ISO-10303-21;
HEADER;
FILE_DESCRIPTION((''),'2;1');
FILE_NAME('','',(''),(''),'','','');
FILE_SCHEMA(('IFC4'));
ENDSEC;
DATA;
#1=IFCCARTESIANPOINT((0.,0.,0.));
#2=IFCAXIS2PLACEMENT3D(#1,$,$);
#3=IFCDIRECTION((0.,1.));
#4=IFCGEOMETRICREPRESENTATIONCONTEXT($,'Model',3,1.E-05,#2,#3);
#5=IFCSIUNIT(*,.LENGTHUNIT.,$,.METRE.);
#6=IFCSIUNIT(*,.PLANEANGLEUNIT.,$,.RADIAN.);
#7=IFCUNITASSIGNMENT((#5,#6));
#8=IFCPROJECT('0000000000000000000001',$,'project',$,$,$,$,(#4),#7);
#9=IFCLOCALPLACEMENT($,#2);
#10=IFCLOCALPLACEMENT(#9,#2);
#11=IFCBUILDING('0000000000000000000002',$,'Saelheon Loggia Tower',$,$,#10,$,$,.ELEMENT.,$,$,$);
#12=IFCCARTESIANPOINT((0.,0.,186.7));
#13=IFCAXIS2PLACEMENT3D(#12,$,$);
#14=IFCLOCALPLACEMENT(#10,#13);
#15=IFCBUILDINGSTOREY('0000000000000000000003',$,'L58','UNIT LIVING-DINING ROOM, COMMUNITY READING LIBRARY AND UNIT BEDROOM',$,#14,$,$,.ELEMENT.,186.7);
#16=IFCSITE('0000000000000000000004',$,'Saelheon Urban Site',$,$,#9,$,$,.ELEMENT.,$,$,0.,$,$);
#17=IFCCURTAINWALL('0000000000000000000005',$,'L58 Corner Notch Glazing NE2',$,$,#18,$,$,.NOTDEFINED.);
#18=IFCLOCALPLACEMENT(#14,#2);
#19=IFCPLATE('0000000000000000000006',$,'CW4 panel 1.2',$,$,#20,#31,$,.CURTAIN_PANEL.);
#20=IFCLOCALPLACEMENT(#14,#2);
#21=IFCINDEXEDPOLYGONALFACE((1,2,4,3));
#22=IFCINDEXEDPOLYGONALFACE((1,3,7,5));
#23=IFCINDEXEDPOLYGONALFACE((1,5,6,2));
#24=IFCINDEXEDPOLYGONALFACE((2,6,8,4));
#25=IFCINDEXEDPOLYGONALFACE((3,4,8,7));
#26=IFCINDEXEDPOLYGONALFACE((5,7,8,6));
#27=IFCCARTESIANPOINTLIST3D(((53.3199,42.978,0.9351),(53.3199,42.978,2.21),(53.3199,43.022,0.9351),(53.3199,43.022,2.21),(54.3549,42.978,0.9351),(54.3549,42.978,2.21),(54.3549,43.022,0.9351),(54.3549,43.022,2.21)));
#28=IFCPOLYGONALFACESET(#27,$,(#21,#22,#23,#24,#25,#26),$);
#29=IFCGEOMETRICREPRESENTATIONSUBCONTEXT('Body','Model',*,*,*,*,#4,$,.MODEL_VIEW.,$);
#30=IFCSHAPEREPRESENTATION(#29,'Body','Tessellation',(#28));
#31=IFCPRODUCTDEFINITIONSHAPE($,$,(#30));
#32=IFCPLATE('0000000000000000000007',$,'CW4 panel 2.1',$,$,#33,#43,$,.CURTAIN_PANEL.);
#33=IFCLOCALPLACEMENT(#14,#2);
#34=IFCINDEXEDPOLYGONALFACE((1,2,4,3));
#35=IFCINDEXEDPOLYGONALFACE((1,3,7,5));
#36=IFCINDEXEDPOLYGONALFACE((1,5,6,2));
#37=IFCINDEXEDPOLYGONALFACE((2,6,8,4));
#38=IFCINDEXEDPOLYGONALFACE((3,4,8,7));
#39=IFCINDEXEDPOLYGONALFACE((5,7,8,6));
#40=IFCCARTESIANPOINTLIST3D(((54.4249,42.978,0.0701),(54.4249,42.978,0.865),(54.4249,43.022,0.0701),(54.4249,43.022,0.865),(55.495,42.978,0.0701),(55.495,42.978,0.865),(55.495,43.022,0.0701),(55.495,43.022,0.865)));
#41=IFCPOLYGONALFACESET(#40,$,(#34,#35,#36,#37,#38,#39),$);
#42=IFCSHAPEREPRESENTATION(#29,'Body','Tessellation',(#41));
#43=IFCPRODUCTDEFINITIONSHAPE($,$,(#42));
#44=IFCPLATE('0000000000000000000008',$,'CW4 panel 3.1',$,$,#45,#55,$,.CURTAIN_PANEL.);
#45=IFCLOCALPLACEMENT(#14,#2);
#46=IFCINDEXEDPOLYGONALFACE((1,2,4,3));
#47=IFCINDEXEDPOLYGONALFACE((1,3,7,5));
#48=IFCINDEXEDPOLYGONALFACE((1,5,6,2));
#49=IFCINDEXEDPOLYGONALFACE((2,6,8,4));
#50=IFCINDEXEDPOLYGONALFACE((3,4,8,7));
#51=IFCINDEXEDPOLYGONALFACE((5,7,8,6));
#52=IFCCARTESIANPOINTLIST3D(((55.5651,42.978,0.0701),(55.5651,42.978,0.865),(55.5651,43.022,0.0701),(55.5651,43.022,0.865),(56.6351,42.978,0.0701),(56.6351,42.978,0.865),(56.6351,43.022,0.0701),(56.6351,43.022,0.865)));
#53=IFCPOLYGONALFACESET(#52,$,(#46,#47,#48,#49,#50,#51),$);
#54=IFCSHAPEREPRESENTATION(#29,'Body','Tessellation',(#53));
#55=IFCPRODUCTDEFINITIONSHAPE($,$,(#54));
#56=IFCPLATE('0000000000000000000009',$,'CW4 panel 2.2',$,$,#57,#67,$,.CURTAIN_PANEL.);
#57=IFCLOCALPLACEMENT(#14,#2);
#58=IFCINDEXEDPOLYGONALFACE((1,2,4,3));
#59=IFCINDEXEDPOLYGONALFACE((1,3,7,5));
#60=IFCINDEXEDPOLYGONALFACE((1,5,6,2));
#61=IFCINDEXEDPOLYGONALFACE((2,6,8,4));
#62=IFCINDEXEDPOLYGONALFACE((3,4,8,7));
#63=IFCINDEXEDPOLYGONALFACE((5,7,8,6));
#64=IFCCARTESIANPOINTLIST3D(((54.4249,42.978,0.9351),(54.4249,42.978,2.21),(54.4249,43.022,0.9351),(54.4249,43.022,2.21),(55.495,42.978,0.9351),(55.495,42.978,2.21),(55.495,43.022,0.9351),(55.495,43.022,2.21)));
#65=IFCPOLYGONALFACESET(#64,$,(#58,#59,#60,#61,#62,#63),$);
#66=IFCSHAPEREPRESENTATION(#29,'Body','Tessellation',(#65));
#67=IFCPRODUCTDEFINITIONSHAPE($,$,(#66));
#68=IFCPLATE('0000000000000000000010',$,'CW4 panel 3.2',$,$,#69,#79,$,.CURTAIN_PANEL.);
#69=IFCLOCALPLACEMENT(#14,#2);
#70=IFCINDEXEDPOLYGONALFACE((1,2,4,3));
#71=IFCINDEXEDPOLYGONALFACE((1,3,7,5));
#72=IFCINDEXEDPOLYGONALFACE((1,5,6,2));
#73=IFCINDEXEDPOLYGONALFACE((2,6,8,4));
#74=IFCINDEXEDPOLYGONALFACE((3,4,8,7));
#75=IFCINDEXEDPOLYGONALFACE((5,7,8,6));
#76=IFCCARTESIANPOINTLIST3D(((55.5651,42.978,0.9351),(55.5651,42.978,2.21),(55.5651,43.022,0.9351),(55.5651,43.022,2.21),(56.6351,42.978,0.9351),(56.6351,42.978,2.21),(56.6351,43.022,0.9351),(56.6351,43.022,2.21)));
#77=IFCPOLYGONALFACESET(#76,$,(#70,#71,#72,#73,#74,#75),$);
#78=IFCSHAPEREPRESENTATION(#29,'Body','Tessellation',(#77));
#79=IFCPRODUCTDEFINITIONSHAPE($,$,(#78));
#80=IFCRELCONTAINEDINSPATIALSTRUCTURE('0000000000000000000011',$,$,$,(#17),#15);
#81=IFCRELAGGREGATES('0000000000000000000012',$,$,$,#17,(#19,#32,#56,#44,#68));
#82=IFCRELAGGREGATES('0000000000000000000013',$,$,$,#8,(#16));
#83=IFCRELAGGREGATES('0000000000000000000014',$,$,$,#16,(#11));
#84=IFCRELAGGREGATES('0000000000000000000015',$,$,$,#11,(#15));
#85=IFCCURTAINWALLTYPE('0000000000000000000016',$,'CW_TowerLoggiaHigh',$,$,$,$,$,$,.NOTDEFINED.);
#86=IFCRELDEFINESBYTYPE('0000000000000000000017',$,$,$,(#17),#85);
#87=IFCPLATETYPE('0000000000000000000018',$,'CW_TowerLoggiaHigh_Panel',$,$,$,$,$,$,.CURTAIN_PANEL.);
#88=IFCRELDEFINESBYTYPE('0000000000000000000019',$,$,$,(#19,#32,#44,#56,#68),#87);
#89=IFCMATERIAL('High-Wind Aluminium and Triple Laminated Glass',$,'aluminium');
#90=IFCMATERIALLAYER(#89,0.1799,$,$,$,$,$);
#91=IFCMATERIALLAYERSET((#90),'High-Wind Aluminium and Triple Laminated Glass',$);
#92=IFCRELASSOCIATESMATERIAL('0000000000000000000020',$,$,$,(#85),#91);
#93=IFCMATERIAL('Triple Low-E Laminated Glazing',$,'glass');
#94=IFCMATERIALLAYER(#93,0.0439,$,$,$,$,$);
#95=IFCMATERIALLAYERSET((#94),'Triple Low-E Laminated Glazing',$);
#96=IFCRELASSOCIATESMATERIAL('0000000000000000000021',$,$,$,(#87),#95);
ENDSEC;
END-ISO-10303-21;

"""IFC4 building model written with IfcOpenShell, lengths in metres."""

from ifc_helpers import new_model, si_unit, direction, frame, origin, origin_2d, place, context, subcontext, project, spatial, rectangle, extrude, source, transform, mapped, material, layer, layer_set, type_object, element, aggregate, save


model = new_model("IFC4")

# Units and contexts
model_context = context("Model", 3, precision=1e-05, world=origin(), true_north=direction((0.0, 1.0)))
body_context = subcontext(model_context, "Body", "Model", "MODEL_VIEW")
ifc_project = project(units=[si_unit("LENGTHUNIT", "METRE"), si_unit("PLANEANGLEUNIT", "RADIAN")], contexts=[model_context])

# Site, building, storey
site_placement = place(None, origin())
site = spatial("IfcSite", under=ifc_project, at=site_placement, Name="Saelheon Urban Site", CompositionType="ELEMENT", RefElevation=0.0)
building_placement = place(site_placement, origin())
building = spatial("IfcBuilding", under=site, at=building_placement, Name="Saelheon Loggia Tower", CompositionType="ELEMENT")
storey_placement = place(building_placement, frame((0.0, 0.0, 186.7)))
storey = spatial("IfcBuildingStorey", under=building, at=storey_placement, Name="L58", Description="UNIT LIVING-DINING ROOM, COMMUNITY READING LIBRARY AND UNIT BEDROOM", CompositionType="ELEMENT", Elevation=186.7)

# Curtain wall, plates
ifc_material_1 = material(Name="High-Wind Aluminium and Triple Laminated Glass", Category="aluminium")
ifc_layer_1 = layer(ifc_material_1, 0.1799)
ifc_layer_set_1 = layer_set([ifc_layer_1], Name="High-Wind Aluminium and Triple Laminated Glass")
curtain_wall_type = type_object("IfcCurtainWallType", Name="CW_TowerLoggiaHigh", PredefinedType="NOTDEFINED", material=ifc_layer_set_1)
curtain_wall_placement = place(storey_placement, origin())
curtain_wall = element("IfcCurtainWall", 1, at=curtain_wall_placement, inside=storey, type_object=curtain_wall_type, Name="L58 Corner Notch Glazing NE2", PredefinedType="NOTDEFINED")
ifc_material_2 = material(Name="Triple Low-E Laminated Glazing", Category="glass")
ifc_layer_2 = layer(ifc_material_2, 0.0439)
ifc_layer_set_2 = layer_set([ifc_layer_2], Name="Triple Low-E Laminated Glazing")
plate_type = type_object("IfcPlateType", Name="CW_TowerLoggiaHigh_Panel", PredefinedType="CURTAIN_PANEL", material=ifc_layer_set_2)
shared_shape_1 = source(origin(), body_context, "Body", "SweptSolid", [
    extrude(rectangle(XDim=1.0349, YDim=0.0439, at=origin_2d()), origin(), (0.0, 0.0, 1.0), 1.2749),
])
plate_1_placement = place(storey_placement, frame((53.8374, 43.0, 0.9351), z_axis=(0.0, 0.0, 1.0), x_axis=(1.0, 0.0, 0.0)))
plate_1 = element("IfcPlate", 2, at=plate_1_placement, type_object=plate_type, Name="CW4 panel 1.2", PredefinedType="CURTAIN_PANEL", context=body_context, shape_type="MappedRepresentation", body=[
    mapped(shared_shape_1, transform((0.0, 0.0, 0.0), scale=1.0)),
])
shared_shape_2 = source(origin(), body_context, "Body", "SweptSolid", [
    extrude(rectangle(XDim=1.0701, YDim=0.0439, at=origin_2d()), origin(), (0.0, 0.0, 1.0), 0.7949),
])
plate_2_placement = place(storey_placement, frame((54.96, 43.0, 0.0701), z_axis=(0.0, 0.0, 1.0), x_axis=(1.0, 0.0, 0.0)))
plate_2 = element("IfcPlate", 3, at=plate_2_placement, type_object=plate_type, Name="CW4 panel 2.1", PredefinedType="CURTAIN_PANEL", context=body_context, shape_type="MappedRepresentation", body=[
    mapped(shared_shape_2, transform((0.0, 0.0, 0.0), scale=1.0)),
])
plate_3_placement = place(storey_placement, frame((56.1001, 43.0, 0.0701), z_axis=(0.0, 0.0, 1.0), x_axis=(1.0, 0.0, 0.0)))
plate_3 = element("IfcPlate", 4, at=plate_3_placement, type_object=plate_type, Name="CW4 panel 3.1", PredefinedType="CURTAIN_PANEL", context=body_context, shape_type="MappedRepresentation", body=[
    mapped(shared_shape_2, transform((0.0, 0.0, 0.0), scale=1.0)),
])
shared_shape_3 = source(origin(), body_context, "Body", "SweptSolid", [
    extrude(rectangle(XDim=1.0701, YDim=0.0439, at=origin_2d()), origin(), (0.0, 0.0, 1.0), 1.2749),
])
plate_4_placement = place(storey_placement, frame((54.96, 43.0, 0.9351), z_axis=(0.0, 0.0, 1.0), x_axis=(1.0, 0.0, 0.0)))
plate_4 = element("IfcPlate", 5, at=plate_4_placement, type_object=plate_type, Name="CW4 panel 2.2", PredefinedType="CURTAIN_PANEL", context=body_context, shape_type="MappedRepresentation", body=[
    mapped(shared_shape_3, transform((0.0, 0.0, 0.0), scale=1.0)),
])
plate_5_placement = place(storey_placement, frame((56.1001, 43.0, 0.9351), z_axis=(0.0, 0.0, 1.0), x_axis=(1.0, 0.0, 0.0)))
plate_5 = element("IfcPlate", 6, at=plate_5_placement, type_object=plate_type, Name="CW4 panel 3.2", PredefinedType="CURTAIN_PANEL", context=body_context, shape_type="MappedRepresentation", body=[
    mapped(shared_shape_3, transform((0.0, 0.0, 0.0), scale=1.0)),
])
aggregate(curtain_wall, [plate_1, plate_2, plate_4, plate_3, plate_5])

save(model, "model.ifc")
